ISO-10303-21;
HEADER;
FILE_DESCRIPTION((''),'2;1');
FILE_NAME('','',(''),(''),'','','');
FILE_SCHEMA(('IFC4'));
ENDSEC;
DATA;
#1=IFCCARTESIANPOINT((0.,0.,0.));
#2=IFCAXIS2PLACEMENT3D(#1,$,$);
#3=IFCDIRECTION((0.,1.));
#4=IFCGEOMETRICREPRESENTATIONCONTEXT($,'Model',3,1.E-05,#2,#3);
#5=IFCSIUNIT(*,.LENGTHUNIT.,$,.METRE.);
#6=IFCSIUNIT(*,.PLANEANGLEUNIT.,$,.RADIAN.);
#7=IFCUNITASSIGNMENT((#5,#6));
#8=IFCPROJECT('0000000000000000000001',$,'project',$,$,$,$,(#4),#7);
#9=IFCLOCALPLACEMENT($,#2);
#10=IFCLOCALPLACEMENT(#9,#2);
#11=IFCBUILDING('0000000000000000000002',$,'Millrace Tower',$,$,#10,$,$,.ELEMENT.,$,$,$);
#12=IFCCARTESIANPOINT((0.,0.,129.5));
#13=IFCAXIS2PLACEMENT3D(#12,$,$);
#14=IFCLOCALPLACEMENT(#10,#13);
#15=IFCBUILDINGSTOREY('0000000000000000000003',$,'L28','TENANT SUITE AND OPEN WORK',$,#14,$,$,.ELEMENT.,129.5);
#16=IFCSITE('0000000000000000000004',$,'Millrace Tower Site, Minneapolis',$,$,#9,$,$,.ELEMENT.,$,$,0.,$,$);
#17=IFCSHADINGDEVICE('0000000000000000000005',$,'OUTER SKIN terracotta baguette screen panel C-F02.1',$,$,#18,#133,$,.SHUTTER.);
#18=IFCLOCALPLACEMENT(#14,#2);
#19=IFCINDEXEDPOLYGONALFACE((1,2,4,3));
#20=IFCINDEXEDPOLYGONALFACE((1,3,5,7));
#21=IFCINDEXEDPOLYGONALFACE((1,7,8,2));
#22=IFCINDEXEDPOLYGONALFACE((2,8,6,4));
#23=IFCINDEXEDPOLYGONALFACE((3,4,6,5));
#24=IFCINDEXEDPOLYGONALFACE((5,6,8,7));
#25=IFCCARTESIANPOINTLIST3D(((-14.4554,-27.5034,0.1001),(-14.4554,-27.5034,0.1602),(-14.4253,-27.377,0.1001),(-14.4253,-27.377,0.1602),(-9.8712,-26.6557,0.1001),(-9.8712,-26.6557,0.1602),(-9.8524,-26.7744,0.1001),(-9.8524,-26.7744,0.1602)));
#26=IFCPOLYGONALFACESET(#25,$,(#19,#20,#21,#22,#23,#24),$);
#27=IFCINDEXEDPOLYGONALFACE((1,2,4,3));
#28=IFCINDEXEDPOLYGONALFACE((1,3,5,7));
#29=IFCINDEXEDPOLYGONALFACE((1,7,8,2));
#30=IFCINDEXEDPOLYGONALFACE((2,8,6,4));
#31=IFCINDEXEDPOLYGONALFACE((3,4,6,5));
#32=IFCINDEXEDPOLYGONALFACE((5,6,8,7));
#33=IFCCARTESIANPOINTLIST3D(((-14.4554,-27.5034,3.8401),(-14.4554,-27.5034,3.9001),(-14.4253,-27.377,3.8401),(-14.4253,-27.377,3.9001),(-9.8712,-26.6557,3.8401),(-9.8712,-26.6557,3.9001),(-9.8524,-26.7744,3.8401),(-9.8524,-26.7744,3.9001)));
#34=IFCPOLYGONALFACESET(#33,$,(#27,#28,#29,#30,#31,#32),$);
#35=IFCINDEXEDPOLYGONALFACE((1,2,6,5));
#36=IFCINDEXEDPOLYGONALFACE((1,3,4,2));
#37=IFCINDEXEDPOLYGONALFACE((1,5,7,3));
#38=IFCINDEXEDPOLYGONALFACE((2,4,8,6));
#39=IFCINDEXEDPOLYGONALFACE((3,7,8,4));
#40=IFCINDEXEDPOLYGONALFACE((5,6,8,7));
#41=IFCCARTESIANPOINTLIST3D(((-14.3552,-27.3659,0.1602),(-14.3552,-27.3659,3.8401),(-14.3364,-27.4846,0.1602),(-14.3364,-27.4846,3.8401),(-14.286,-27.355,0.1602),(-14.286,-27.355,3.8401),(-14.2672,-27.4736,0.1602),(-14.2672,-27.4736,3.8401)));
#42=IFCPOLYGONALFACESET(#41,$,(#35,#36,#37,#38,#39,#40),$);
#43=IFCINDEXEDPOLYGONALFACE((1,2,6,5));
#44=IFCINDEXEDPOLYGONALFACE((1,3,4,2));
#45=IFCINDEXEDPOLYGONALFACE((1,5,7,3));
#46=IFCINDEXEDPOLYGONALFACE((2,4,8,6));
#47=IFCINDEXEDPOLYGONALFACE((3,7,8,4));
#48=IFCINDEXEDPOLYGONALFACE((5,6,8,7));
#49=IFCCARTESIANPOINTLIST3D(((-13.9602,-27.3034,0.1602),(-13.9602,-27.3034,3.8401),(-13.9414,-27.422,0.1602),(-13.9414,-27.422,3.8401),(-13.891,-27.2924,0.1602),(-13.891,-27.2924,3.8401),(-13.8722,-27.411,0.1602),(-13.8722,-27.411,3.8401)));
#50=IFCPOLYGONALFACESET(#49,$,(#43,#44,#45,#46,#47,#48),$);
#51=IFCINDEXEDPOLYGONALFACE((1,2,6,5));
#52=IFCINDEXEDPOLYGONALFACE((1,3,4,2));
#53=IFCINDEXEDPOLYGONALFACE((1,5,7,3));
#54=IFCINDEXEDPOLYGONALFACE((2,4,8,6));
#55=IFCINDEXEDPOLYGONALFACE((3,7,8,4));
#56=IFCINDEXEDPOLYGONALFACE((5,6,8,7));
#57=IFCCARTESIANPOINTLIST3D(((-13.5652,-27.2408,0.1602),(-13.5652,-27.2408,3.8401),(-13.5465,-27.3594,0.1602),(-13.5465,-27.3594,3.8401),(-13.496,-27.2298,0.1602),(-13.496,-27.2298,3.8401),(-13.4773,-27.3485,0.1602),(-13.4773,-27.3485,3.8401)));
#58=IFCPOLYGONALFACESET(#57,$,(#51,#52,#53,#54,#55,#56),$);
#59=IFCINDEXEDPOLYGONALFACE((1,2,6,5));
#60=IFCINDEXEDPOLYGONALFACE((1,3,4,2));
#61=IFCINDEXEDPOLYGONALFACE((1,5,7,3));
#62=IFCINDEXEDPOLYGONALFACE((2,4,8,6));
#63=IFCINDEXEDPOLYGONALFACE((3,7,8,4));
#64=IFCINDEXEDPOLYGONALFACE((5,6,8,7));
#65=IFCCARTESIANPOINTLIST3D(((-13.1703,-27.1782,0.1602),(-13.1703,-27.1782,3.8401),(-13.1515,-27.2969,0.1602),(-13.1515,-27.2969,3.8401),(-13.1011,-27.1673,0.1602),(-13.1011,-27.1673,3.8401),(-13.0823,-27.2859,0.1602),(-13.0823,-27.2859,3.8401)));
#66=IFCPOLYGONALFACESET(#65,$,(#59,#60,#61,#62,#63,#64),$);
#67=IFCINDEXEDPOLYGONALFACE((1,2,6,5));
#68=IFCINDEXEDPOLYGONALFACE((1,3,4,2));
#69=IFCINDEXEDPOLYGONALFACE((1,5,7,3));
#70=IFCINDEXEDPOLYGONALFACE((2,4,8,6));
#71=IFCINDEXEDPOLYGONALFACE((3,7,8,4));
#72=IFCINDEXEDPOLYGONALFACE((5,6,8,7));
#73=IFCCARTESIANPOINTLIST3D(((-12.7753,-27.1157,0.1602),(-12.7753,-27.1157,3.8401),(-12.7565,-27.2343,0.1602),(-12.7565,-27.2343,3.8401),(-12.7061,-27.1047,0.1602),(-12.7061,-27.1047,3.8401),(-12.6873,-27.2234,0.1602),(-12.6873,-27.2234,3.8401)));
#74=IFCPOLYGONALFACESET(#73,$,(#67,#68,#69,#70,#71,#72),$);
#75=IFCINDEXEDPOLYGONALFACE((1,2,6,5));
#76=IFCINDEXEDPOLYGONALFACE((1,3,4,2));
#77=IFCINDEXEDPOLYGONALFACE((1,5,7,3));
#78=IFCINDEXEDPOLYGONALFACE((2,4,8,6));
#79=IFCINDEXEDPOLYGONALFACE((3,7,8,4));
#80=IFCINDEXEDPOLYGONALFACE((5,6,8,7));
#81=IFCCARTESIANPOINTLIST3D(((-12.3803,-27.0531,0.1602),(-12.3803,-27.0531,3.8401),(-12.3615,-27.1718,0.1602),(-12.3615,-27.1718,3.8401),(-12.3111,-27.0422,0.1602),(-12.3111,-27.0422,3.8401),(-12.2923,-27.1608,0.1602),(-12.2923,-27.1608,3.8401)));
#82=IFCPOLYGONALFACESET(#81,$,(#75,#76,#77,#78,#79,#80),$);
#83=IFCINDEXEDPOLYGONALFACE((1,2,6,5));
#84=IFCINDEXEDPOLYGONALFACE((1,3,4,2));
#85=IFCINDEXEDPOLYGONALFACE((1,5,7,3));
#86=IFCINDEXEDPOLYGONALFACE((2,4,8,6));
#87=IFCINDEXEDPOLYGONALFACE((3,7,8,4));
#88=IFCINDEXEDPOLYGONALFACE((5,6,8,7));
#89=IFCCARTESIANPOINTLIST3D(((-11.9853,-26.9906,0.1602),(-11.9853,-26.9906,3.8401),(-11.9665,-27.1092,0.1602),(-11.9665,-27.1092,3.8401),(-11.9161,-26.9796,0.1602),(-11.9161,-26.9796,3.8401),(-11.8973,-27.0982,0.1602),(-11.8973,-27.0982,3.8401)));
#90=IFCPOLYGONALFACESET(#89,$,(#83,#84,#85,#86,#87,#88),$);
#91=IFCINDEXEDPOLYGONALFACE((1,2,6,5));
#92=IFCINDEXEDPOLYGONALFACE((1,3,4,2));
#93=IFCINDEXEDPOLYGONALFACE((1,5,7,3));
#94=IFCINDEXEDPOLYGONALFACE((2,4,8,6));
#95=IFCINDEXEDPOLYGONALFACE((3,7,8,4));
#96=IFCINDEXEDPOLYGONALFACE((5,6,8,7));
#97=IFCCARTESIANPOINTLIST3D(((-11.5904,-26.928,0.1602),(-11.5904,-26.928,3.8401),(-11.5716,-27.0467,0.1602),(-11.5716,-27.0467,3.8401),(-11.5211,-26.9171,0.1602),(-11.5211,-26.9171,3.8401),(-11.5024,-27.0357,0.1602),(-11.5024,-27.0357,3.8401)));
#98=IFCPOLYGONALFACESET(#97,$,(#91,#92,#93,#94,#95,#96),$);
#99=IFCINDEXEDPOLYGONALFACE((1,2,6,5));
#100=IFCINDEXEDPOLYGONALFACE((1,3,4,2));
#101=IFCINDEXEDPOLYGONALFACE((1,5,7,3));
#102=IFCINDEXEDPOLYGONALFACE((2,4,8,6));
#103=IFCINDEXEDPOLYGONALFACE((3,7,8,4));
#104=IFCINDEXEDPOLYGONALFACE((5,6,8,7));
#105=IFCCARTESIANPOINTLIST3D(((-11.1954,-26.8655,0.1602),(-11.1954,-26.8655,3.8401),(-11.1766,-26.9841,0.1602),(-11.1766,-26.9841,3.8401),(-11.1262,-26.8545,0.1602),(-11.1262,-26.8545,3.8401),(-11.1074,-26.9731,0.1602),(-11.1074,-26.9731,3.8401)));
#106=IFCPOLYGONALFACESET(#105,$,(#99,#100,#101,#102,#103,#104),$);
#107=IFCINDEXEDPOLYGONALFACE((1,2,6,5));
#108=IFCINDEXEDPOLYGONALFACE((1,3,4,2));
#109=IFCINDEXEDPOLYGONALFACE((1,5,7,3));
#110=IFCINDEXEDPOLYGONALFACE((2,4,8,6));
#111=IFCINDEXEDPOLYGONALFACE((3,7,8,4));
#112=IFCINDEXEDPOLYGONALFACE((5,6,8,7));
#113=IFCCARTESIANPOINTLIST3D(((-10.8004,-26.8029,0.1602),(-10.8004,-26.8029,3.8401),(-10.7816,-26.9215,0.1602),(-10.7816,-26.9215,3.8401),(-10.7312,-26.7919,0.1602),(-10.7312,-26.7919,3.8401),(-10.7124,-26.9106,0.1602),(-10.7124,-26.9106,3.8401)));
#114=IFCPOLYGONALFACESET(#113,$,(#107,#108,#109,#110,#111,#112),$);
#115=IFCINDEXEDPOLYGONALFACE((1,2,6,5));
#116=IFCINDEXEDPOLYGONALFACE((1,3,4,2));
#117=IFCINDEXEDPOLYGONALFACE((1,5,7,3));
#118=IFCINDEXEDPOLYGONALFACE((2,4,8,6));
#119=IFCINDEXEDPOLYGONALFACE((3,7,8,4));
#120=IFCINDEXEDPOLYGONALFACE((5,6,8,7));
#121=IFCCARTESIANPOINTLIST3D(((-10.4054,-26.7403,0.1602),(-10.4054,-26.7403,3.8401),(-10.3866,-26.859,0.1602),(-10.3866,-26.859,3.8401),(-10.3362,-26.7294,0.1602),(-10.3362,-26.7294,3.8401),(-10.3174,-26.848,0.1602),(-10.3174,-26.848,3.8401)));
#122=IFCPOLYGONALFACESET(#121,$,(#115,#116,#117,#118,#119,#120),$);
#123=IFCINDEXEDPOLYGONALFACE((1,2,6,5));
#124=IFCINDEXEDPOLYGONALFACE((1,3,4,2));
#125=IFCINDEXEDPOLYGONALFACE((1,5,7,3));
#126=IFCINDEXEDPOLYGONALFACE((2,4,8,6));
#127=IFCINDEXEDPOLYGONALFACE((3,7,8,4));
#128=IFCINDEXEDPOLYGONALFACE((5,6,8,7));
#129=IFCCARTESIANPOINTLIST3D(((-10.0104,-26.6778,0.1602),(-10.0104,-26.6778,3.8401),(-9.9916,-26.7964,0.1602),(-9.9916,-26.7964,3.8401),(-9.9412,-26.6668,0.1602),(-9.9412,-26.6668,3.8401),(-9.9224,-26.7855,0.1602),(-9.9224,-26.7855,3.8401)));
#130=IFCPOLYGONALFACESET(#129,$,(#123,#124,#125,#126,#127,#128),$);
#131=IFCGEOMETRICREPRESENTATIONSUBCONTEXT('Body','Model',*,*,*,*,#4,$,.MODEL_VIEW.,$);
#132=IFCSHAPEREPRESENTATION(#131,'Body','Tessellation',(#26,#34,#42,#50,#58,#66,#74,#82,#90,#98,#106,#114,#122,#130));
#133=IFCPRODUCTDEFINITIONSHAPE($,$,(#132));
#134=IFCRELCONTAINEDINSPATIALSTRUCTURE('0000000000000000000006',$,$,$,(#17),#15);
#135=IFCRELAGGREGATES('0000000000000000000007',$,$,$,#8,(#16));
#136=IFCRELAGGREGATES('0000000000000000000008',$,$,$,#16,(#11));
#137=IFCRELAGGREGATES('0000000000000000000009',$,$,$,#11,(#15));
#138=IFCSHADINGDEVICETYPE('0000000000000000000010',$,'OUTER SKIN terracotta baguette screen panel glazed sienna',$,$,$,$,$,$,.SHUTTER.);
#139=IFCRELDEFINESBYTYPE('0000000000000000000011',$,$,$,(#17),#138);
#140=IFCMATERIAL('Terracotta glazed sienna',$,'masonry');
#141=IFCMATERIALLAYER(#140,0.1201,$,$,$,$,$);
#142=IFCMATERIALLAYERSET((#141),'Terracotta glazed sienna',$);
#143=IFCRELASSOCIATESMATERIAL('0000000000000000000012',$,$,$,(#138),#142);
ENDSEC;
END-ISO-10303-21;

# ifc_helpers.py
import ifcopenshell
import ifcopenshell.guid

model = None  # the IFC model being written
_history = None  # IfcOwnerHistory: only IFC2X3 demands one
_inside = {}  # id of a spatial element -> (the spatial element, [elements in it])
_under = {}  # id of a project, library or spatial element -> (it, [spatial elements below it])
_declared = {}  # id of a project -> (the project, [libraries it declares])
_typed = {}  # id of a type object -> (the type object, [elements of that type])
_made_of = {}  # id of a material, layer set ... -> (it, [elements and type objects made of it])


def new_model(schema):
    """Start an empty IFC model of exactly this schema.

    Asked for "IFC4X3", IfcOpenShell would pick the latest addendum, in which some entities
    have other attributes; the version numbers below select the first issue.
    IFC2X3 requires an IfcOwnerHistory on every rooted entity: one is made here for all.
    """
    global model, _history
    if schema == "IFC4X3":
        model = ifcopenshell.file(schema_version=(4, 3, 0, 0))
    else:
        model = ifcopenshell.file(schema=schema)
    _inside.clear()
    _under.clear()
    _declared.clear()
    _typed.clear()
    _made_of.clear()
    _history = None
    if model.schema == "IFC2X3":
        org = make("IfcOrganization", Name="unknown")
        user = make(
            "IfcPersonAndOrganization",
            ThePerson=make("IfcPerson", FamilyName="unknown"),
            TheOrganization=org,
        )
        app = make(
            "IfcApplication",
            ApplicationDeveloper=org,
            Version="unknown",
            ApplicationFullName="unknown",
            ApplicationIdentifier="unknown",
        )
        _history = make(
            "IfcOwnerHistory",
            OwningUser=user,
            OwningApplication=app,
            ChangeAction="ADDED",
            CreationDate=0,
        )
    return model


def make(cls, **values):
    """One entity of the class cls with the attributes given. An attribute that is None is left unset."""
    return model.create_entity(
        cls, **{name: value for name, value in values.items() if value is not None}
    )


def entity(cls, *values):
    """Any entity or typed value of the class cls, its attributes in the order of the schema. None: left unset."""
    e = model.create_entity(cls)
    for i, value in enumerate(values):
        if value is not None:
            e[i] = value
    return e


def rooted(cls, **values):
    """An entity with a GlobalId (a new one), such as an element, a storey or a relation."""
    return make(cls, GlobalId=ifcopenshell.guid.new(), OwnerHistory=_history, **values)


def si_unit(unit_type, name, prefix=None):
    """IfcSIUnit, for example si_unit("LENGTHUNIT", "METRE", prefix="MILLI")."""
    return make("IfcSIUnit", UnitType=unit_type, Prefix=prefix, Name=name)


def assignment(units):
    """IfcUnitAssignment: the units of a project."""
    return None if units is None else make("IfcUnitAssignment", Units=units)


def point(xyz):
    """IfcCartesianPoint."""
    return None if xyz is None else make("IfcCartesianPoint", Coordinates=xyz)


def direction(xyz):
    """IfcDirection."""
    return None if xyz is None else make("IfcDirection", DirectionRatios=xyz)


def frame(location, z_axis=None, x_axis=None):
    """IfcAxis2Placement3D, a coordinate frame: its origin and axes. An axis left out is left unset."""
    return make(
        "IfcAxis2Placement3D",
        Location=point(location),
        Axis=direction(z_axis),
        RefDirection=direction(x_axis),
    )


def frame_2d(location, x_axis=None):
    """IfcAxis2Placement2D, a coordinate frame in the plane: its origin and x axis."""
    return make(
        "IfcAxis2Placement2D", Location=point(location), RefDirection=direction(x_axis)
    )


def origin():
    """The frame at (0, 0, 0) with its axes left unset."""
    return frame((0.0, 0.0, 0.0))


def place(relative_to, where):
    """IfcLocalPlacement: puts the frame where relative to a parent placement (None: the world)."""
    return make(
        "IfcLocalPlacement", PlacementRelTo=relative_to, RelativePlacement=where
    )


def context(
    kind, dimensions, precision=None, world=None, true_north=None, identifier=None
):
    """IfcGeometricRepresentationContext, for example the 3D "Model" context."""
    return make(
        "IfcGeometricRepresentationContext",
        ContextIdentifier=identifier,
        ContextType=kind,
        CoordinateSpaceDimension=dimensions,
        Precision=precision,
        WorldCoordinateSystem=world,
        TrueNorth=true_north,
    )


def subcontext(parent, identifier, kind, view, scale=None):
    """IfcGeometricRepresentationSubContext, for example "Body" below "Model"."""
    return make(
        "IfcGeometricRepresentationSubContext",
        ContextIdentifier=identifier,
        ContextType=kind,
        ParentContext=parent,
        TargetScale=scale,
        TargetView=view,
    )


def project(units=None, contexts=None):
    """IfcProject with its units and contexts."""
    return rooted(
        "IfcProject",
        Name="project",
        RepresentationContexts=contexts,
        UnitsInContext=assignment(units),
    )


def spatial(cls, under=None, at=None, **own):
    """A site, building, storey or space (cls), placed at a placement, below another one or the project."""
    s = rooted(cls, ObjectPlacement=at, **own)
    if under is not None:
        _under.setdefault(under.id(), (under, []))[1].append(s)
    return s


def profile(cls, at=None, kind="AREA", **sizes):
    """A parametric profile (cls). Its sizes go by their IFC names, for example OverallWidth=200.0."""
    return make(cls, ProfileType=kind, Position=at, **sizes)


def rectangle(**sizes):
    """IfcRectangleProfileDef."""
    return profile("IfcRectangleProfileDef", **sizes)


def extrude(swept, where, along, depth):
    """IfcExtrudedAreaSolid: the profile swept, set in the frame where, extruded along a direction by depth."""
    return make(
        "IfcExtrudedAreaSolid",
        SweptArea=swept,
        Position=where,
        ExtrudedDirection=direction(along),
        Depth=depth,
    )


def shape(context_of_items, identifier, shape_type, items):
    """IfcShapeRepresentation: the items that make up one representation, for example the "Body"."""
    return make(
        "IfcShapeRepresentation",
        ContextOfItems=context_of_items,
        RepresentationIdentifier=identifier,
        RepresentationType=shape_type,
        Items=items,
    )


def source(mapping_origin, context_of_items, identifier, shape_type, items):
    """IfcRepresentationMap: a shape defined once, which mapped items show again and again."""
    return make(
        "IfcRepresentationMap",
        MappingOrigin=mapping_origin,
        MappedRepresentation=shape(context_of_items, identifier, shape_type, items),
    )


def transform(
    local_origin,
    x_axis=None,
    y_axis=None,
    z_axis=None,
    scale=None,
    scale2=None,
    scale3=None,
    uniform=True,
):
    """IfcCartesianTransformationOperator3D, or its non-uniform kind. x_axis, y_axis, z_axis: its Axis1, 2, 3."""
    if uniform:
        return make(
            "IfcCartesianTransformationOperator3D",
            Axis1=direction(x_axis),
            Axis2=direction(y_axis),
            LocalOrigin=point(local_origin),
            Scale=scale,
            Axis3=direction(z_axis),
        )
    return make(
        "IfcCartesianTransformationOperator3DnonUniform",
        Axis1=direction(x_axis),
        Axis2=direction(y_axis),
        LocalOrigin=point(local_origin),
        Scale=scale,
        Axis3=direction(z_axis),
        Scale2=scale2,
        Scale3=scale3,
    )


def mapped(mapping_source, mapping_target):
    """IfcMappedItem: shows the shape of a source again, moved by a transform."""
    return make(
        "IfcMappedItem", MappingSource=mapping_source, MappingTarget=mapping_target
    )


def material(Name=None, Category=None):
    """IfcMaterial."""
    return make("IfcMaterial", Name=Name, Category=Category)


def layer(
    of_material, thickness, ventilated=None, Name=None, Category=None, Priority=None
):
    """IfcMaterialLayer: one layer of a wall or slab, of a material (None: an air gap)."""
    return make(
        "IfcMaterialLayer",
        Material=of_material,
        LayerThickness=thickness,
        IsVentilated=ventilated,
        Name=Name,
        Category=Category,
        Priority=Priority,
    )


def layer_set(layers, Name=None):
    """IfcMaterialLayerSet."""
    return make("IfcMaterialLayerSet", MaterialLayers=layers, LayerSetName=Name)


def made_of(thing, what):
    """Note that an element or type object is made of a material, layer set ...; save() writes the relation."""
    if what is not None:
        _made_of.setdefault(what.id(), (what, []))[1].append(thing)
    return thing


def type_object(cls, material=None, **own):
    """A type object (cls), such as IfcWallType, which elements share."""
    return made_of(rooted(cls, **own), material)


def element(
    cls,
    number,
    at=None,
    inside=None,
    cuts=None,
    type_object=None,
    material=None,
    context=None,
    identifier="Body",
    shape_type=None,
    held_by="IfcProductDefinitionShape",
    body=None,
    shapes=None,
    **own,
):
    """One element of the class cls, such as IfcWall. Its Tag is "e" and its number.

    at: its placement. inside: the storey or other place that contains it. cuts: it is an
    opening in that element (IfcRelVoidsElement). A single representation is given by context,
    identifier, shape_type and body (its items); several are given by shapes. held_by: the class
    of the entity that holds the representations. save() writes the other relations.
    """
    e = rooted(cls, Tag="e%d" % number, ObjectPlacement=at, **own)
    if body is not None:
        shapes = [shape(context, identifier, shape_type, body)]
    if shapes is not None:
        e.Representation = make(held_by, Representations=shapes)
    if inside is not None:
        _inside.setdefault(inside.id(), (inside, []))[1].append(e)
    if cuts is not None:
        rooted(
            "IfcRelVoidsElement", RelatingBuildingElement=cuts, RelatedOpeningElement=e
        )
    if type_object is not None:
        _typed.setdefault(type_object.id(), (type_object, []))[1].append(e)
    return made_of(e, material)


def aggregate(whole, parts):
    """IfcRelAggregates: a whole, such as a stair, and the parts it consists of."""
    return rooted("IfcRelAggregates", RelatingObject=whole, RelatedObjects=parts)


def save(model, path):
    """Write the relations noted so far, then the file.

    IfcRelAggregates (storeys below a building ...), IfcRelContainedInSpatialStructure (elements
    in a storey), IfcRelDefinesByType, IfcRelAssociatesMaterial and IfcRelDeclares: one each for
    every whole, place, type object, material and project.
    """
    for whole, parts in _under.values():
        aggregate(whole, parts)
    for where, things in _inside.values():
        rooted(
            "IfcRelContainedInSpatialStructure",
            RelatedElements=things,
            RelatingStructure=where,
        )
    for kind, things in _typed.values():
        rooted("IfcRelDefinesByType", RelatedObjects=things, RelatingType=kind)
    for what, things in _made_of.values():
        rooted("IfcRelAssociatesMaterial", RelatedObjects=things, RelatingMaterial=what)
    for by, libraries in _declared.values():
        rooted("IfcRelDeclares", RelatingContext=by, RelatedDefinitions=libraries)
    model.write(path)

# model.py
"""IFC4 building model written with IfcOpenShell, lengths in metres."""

from ifc_helpers import new_model, entity, si_unit, direction, frame, frame_2d, origin, place, context, subcontext, project, spatial, rectangle, extrude, source, transform, mapped, material, layer, layer_set, type_object, element, save


model = new_model("IFC4")

# Units and contexts
model_context = context("Model", 3, precision=1e-05, world=origin(), true_north=direction((0.0, 1.0)))
body_context = subcontext(model_context, "Body", "Model", "MODEL_VIEW")
ifc_project = project(units=[si_unit("LENGTHUNIT", "METRE"), si_unit("PLANEANGLEUNIT", "RADIAN")], contexts=[model_context])

# Site, building, storey
site_placement = place(None, origin())
site = spatial("IfcSite", under=ifc_project, at=site_placement, Name="Millrace Tower Site, Minneapolis", CompositionType="ELEMENT", RefElevation=0.0)
building_placement = place(site_placement, origin())
building = spatial("IfcBuilding", under=site, at=building_placement, Name="Millrace Tower", CompositionType="ELEMENT")
storey_placement = place(building_placement, frame((0.0, 0.0, 129.5)))
storey = spatial("IfcBuildingStorey", under=building, at=storey_placement, Name="L28", Description="TENANT SUITE AND OPEN WORK", CompositionType="ELEMENT", Elevation=129.5)

# Shading device
ifc_material_1 = material(Name="Terracotta glazed sienna", Category="masonry")
ifc_layer_1 = layer(ifc_material_1, 0.1201)
ifc_layer_set_1 = layer_set([ifc_layer_1], Name="Terracotta glazed sienna")
shading_device_type = type_object("IfcShadingDeviceType", Name="OUTER SKIN terracotta baguette screen panel glazed sienna", PredefinedType="SHUTTER", material=ifc_layer_set_1)
cartesian_point_1 = entity("IfcCartesianPoint", [-2.293, 0.0601])
shared_polyline_1 = entity("IfcPolyline", [cartesian_point_1, entity("IfcCartesianPoint", [2.3179, 0.0601]), entity("IfcCartesianPoint", [2.3179, -0.0601]), entity("IfcCartesianPoint", [-2.3425, -0.0601]), cartesian_point_1])
shared_shape_1 = source(origin(), body_context, "Body", "SweptSolid", [
    entity("IfcExtrudedAreaSolid", entity("IfcArbitraryClosedProfileDef", "AREA", None, shared_polyline_1), entity("IfcAxis2Placement3D", entity("IfcCartesianPoint", [0.0, 0.0, 0.0])), entity("IfcDirection", [0.0, 0.0, 1.0]), 0.0601),
    entity("IfcExtrudedAreaSolid", entity("IfcArbitraryClosedProfileDef", "AREA", None, shared_polyline_1), entity("IfcAxis2Placement3D", entity("IfcCartesianPoint", [0.0, 0.0, 3.74])), entity("IfcDirection", [0.0, 0.0, 1.0]), 0.0601),
    extrude(rectangle(XDim=0.0701, YDim=0.1201, at=frame_2d((-2.187, 0.0))), frame((0.0, 0.0, 0.0601)), (0.0, 0.0, 1.0), 3.6799),
    extrude(rectangle(XDim=0.0701, YDim=0.1201, at=frame_2d((-1.7871, 0.0))), frame((0.0, 0.0, 0.0601)), (0.0, 0.0, 1.0), 3.6799),
    extrude(rectangle(XDim=0.0701, YDim=0.1201, at=frame_2d((-1.3872, 0.0))), frame((0.0, 0.0, 0.0601)), (0.0, 0.0, 1.0), 3.6799),
    extrude(rectangle(XDim=0.0701, YDim=0.1201, at=frame_2d((-0.9873, 0.0))), frame((0.0, 0.0, 0.0601)), (0.0, 0.0, 1.0), 3.6799),
    extrude(rectangle(XDim=0.0701, YDim=0.1201, at=frame_2d((-0.5874, 0.0))), frame((0.0, 0.0, 0.0601)), (0.0, 0.0, 1.0), 3.6799),
    extrude(rectangle(XDim=0.0701, YDim=0.1201, at=frame_2d((-0.1875, 0.0))), frame((0.0, 0.0, 0.0601)), (0.0, 0.0, 1.0), 3.6799),
    extrude(rectangle(XDim=0.0701, YDim=0.1201, at=frame_2d((0.2124, 0.0))), frame((0.0, 0.0, 0.0601)), (0.0, 0.0, 1.0), 3.6799),
    extrude(rectangle(XDim=0.0701, YDim=0.1201, at=frame_2d((0.6123, 0.0))), frame((0.0, 0.0, 0.0601)), (0.0, 0.0, 1.0), 3.6799),
    extrude(rectangle(XDim=0.0701, YDim=0.1201, at=frame_2d((1.0122, 0.0))), frame((0.0, 0.0, 0.0601)), (0.0, 0.0, 1.0), 3.6799),
    extrude(rectangle(XDim=0.0701, YDim=0.1201, at=frame_2d((1.4121, 0.0))), frame((0.0, 0.0, 0.0601)), (0.0, 0.0, 1.0), 3.6799),
    extrude(rectangle(XDim=0.0701, YDim=0.1201, at=frame_2d((1.812, 0.0))), frame((0.0, 0.0, 0.0601)), (0.0, 0.0, 1.0), 3.6799),
    extrude(rectangle(XDim=0.0701, YDim=0.1201, at=frame_2d((2.2119, 0.0))), frame((0.0, 0.0, 0.0601)), (0.0, 0.0, 1.0), 3.6799),
])
shading_device_placement = place(storey_placement, frame((-12.1511, -27.0776, 0.1001), z_axis=(0.0, 0.0, 1.0), x_axis=(0.987688, 0.156434, 0.0)))
element("IfcShadingDevice", 1, at=shading_device_placement, inside=storey, type_object=shading_device_type, Name="OUTER SKIN terracotta baguette screen panel C-F02.1", PredefinedType="SHUTTER", context=body_context, shape_type="MappedRepresentation", body=[
    mapped(shared_shape_1, transform((0.0, 0.0, 0.0), scale=1.0)),
])

save(model, "model.ifc")
